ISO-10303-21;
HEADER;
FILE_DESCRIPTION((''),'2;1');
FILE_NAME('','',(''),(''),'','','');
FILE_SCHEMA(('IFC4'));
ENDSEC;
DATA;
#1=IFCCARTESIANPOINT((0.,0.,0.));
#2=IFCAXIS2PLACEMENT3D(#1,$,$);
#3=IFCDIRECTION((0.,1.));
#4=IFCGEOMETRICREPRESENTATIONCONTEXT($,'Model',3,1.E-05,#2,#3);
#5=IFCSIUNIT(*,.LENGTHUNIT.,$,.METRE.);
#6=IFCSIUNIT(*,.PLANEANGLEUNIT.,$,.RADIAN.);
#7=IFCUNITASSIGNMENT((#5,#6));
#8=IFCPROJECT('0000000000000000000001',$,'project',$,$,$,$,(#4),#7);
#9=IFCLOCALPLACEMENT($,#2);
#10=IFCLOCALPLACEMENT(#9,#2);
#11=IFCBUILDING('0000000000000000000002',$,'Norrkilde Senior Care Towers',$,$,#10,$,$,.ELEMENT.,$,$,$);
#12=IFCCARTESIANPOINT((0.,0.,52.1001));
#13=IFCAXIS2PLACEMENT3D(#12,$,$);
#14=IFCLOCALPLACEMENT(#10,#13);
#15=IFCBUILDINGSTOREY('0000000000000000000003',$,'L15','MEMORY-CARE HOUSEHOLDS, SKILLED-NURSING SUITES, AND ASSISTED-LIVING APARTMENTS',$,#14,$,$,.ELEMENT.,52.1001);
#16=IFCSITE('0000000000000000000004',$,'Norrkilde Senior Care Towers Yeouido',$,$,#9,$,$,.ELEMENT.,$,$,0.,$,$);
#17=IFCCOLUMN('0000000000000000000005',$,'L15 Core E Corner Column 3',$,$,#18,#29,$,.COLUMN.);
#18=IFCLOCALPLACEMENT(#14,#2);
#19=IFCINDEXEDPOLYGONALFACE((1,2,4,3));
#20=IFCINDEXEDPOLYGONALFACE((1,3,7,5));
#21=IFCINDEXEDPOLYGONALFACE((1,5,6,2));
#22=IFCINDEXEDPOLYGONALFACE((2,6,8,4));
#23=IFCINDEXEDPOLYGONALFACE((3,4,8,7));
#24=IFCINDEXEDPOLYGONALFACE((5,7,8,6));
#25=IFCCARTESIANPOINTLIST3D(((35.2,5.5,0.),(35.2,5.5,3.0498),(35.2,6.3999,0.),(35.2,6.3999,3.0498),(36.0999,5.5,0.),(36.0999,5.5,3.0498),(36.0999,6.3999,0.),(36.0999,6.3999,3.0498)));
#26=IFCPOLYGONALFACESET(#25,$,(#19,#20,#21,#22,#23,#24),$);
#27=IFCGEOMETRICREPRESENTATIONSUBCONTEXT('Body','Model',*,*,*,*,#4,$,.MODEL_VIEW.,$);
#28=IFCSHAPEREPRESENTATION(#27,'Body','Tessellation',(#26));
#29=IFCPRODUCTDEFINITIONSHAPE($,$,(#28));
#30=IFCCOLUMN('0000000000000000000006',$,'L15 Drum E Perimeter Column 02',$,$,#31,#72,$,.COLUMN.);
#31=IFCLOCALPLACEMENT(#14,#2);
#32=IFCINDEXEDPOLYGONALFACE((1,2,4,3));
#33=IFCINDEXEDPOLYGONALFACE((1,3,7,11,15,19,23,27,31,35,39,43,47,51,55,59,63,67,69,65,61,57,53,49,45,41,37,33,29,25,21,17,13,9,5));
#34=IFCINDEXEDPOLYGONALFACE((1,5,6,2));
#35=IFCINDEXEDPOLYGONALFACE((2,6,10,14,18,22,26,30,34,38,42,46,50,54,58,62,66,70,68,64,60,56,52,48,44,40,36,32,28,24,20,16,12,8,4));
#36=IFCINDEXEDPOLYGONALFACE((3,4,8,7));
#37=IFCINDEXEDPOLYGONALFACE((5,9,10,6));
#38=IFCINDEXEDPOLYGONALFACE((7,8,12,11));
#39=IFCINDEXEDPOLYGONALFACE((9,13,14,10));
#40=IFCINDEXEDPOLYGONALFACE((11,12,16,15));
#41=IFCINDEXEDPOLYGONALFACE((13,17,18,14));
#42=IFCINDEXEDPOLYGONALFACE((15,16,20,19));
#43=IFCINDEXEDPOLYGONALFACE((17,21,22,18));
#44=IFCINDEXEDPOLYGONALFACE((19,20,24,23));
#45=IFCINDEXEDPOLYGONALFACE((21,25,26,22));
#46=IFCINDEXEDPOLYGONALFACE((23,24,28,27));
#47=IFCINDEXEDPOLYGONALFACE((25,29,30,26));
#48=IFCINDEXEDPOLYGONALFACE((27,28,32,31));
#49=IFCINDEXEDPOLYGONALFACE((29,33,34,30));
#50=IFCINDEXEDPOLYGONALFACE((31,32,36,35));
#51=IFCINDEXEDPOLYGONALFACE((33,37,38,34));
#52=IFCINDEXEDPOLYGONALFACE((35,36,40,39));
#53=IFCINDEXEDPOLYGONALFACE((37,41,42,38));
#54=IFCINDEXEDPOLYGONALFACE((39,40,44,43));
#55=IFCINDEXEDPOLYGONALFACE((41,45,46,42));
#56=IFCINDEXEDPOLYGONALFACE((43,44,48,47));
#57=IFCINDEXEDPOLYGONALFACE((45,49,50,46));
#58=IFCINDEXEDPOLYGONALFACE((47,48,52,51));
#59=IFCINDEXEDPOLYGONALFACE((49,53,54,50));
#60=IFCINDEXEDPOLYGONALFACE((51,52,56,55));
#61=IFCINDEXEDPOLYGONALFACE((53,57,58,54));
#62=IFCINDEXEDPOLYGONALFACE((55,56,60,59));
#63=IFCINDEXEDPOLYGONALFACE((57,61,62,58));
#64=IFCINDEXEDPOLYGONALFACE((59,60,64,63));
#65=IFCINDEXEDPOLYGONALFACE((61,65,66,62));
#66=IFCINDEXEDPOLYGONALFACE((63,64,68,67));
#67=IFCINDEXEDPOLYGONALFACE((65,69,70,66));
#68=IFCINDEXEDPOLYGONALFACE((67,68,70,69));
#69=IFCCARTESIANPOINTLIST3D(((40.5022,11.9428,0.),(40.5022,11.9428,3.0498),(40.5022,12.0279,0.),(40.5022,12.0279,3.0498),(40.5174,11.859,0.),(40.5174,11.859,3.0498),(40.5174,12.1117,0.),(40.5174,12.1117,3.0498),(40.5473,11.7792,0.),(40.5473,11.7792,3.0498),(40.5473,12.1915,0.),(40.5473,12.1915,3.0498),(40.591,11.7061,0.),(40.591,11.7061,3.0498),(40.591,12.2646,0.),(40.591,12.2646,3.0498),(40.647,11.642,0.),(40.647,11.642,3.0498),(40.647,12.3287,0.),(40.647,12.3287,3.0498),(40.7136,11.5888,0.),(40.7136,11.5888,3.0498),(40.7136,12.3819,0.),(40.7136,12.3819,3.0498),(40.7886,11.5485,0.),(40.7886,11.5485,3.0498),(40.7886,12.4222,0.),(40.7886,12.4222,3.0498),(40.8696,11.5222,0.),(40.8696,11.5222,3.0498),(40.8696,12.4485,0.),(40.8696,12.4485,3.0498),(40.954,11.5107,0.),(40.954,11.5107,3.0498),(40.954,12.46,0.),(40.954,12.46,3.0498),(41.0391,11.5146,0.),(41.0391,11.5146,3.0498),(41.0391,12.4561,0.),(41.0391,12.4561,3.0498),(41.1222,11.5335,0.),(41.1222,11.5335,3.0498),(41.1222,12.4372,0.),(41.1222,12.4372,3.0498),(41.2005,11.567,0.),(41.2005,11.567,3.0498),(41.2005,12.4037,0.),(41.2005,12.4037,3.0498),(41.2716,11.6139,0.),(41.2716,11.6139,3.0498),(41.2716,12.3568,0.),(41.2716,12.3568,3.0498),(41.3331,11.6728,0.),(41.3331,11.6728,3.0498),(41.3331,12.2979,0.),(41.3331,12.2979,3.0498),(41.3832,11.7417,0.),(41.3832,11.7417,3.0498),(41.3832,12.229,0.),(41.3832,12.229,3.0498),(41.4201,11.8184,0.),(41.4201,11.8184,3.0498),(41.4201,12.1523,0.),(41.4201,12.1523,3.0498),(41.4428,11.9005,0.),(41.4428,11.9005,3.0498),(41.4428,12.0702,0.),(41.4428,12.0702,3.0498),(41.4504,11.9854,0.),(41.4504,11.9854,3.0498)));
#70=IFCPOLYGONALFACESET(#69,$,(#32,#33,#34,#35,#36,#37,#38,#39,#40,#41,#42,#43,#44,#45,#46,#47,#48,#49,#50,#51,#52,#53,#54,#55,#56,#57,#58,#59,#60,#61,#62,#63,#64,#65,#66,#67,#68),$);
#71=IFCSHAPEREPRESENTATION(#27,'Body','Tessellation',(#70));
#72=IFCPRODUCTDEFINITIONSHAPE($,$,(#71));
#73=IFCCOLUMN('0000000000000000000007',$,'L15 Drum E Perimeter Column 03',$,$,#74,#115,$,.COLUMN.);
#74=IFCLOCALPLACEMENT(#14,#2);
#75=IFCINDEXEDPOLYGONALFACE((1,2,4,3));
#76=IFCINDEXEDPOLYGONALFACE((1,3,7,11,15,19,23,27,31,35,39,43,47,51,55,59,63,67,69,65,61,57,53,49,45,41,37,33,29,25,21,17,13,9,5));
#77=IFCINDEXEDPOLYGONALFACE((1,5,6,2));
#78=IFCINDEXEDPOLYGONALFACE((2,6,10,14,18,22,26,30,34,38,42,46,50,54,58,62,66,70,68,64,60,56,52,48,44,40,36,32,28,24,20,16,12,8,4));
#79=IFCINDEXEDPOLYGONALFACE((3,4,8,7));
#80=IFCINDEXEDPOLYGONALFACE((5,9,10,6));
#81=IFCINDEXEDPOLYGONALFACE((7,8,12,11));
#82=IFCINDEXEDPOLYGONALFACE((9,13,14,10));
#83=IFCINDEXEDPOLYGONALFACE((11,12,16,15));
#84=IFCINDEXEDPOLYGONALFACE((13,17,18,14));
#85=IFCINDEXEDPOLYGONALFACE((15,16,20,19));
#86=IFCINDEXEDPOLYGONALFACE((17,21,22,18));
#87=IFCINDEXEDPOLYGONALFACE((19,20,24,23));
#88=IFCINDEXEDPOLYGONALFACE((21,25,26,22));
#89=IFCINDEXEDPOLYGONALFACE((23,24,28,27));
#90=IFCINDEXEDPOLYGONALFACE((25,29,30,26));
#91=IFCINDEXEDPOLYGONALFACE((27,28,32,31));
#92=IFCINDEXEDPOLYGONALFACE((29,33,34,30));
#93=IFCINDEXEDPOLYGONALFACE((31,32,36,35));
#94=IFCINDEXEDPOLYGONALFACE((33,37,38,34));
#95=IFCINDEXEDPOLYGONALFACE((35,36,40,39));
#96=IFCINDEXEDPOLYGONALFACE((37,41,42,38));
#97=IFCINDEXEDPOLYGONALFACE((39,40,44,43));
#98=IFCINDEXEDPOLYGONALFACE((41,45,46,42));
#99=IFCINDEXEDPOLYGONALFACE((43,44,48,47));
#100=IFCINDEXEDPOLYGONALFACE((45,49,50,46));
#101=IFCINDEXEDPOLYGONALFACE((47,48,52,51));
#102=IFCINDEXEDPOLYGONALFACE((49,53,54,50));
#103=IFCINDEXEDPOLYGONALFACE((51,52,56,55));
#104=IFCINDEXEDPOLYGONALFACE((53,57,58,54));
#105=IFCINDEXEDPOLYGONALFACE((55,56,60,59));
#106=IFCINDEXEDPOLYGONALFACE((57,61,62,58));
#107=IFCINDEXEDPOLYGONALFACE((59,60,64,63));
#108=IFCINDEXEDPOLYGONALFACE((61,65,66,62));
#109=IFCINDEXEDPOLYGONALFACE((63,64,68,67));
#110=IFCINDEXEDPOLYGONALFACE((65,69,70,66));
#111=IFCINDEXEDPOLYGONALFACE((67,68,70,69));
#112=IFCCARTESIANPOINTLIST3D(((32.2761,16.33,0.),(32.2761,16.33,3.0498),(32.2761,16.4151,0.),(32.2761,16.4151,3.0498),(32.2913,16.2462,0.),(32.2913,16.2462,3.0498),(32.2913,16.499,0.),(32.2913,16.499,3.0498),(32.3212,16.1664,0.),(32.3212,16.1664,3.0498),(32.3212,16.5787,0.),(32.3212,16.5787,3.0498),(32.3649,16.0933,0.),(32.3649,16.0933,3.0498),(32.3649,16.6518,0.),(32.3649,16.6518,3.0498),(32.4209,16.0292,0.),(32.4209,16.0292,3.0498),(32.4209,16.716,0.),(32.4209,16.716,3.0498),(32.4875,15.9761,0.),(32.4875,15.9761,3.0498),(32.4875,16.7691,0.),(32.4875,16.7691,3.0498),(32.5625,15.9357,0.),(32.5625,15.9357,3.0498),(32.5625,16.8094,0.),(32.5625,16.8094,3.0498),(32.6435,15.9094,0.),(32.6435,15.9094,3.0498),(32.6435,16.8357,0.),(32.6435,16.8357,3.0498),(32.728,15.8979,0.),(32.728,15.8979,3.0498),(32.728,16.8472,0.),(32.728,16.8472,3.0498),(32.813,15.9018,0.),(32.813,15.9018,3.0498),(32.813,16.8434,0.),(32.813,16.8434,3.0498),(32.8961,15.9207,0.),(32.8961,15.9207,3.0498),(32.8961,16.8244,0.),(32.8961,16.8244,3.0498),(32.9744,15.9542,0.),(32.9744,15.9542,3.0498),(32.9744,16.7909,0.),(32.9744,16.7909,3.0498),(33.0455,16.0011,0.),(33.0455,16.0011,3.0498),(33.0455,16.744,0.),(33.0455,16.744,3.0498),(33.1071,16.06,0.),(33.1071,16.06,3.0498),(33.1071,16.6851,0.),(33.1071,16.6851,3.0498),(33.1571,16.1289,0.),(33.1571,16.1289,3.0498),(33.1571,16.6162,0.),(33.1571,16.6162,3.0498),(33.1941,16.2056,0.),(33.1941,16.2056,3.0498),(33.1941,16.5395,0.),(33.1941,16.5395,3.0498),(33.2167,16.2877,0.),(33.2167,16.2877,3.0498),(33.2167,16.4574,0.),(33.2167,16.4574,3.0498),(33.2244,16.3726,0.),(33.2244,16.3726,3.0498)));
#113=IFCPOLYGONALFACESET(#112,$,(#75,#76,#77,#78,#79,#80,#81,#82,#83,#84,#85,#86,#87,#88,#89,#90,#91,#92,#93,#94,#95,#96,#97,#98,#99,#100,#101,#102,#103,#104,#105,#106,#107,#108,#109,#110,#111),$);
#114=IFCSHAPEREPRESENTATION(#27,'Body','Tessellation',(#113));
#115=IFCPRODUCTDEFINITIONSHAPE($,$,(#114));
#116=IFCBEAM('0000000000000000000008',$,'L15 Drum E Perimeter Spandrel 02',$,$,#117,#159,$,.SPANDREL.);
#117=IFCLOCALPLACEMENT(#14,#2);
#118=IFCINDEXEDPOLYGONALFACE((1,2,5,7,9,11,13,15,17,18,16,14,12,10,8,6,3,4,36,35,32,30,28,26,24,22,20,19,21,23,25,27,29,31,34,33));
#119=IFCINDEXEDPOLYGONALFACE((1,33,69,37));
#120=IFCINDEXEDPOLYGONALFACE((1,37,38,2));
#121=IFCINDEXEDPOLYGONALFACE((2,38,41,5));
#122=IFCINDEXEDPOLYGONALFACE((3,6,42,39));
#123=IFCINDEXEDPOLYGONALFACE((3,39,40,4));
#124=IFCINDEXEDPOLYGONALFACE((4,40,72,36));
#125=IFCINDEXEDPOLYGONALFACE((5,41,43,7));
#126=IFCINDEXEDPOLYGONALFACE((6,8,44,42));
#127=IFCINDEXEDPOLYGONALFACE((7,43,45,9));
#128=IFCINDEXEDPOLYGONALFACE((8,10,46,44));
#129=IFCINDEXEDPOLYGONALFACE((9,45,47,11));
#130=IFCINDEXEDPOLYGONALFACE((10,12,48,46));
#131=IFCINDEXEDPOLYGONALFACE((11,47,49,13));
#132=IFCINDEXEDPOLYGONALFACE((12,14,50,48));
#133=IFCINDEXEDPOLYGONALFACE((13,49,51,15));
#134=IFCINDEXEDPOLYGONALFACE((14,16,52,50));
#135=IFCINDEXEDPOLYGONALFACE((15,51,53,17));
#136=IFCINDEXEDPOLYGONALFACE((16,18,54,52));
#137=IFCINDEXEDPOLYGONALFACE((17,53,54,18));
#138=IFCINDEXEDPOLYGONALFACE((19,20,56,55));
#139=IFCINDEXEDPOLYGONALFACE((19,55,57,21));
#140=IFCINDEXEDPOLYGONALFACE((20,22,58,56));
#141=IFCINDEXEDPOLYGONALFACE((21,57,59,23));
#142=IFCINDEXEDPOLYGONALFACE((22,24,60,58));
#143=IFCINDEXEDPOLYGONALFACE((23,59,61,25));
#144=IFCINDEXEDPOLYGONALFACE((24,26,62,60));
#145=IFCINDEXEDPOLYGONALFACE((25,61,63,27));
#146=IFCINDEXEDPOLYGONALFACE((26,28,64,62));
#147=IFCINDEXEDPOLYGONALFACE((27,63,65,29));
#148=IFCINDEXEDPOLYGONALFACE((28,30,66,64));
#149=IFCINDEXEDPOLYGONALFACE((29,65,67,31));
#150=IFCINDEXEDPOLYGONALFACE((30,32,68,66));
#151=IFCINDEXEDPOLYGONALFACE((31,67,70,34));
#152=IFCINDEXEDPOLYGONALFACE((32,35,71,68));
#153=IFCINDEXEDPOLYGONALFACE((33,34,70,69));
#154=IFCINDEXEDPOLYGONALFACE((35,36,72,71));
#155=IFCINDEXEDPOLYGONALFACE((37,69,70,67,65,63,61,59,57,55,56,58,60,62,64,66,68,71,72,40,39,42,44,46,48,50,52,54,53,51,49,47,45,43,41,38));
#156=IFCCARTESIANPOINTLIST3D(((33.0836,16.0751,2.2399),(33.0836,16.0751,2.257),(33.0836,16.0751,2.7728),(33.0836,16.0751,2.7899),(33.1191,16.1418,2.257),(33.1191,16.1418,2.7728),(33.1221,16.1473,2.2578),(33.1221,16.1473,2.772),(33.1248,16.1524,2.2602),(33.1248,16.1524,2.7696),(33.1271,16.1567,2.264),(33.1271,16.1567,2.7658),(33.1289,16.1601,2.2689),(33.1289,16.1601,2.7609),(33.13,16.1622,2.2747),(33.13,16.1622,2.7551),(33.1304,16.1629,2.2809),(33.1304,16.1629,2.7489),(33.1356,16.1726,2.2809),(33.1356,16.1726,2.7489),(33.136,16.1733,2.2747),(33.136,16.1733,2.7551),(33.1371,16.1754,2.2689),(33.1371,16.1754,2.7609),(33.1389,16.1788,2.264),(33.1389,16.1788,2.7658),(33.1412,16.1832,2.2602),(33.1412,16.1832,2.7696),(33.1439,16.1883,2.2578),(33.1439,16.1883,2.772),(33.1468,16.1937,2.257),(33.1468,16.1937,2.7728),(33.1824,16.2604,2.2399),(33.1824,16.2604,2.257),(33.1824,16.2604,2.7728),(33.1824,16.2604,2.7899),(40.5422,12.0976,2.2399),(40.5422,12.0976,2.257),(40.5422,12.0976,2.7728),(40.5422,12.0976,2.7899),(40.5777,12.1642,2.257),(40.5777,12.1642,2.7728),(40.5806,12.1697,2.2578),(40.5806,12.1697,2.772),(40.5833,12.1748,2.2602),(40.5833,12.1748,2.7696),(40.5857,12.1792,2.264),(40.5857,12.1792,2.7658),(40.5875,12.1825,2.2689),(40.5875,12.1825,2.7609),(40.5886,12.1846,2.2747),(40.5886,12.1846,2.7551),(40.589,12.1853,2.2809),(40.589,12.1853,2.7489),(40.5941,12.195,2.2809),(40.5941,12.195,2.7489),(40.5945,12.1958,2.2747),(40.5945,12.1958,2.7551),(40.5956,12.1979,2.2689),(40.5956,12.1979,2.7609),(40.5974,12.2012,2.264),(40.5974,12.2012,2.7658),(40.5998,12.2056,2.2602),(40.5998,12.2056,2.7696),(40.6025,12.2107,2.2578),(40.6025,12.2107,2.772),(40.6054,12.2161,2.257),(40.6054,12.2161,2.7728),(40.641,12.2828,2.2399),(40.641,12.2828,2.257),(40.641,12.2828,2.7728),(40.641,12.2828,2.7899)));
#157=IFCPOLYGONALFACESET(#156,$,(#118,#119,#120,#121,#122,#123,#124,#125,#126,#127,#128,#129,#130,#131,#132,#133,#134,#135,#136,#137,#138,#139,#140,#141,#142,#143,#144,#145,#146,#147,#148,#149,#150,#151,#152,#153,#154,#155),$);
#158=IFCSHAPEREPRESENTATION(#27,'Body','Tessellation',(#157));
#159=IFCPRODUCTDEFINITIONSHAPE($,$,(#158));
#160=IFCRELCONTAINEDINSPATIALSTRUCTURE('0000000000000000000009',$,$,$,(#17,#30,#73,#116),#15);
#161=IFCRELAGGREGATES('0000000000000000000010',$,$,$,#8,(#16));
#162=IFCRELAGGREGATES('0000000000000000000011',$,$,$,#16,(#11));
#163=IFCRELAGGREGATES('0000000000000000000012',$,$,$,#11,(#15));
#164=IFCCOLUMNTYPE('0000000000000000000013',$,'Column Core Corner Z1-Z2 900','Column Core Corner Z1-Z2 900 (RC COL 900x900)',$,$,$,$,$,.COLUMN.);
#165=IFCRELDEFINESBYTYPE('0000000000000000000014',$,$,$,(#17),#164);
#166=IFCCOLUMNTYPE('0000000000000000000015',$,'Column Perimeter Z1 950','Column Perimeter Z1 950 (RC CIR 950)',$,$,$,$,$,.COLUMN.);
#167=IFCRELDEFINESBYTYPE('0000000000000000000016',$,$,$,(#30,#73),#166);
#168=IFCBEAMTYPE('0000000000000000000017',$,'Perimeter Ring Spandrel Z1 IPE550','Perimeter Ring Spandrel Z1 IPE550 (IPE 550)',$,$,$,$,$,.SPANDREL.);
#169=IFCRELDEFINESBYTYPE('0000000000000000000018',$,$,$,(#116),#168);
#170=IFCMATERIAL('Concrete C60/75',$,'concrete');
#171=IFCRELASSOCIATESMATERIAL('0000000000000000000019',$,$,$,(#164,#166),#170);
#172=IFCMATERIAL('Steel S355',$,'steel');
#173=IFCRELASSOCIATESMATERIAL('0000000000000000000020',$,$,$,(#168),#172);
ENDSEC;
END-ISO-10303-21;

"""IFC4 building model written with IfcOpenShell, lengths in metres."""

from ifc_helpers import new_model, si_unit, direction, frame, origin, origin_2d, place, context, subcontext, project, spatial, rectangle, circle, i_section, extrude, source, transform, mapped, material, material_profile, profile_set, type_object, type_shapes, element, save


model = new_model("IFC4")

# Units and contexts
model_context = context("Model", 3, precision=1e-05, world=origin(), true_north=direction((0.0, 1.0)))
body_context = subcontext(model_context, "Body", "Model", "MODEL_VIEW")
ifc_project = project(units=[si_unit("LENGTHUNIT", "METRE"), si_unit("PLANEANGLEUNIT", "RADIAN")], contexts=[model_context])

# Site, building, storey
site_placement = place(None, origin())
site = spatial("IfcSite", under=ifc_project, at=site_placement, Name="Norrkilde Senior Care Towers Yeouido", CompositionType="ELEMENT", RefElevation=0.0)
building_placement = place(site_placement, origin())
building = spatial("IfcBuilding", under=site, at=building_placement, Name="Norrkilde Senior Care Towers", CompositionType="ELEMENT")
storey_placement = place(building_placement, frame((0.0, 0.0, 52.1001)))
storey = spatial("IfcBuildingStorey", under=building, at=storey_placement, Name="L15", Description="MEMORY-CARE HOUSEHOLDS, SKILLED-NURSING SUITES, AND ASSISTED-LIVING APARTMENTS", CompositionType="ELEMENT", Elevation=52.1001)

# Columns
ifc_material_1 = material(Name="Concrete C60/75", Category="concrete")
ifc_material_profile_1 = material_profile(ifc_material_1, rectangle(XDim=0.8999, YDim=0.8999, at=origin_2d()), Name="RC COL 900x900")
ifc_profile_set_1 = profile_set([ifc_material_profile_1], Name="Concrete C60/75")
column_type_1 = type_object("IfcColumnType", Name="Column Core Corner Z1-Z2 900", Description="Column Core Corner Z1-Z2 900 (RC COL 900x900)", PredefinedType="COLUMN", material=ifc_profile_set_1)
shared_shape_1 = source(origin(), body_context, "Body", "SweptSolid", [
    extrude(rectangle(XDim=0.8999, YDim=0.8999, at=origin_2d()), origin(), (0.0, 0.0, 1.0), 3.0498),
])
type_shapes(column_type_1, [shared_shape_1])
column_placement = place(storey_placement, frame((35.6499, 5.95, 0.0), z_axis=(0.0, 0.0, 1.0), x_axis=(1.0, 0.0, 0.0)))
element("IfcColumn", 1, at=column_placement, inside=storey, type_object=column_type_1, Name="L15 Core E Corner Column 3", PredefinedType="COLUMN", context=body_context, shape_type="MappedRepresentation", body=[
    mapped(shared_shape_1, transform((0.0, 0.0, 0.0), x_axis=(1.0, 0.0, 0.0), y_axis=(0.0, 1.0, 0.0), z_axis=(0.0, 0.0, 1.0), scale=1.0)),
])
ifc_material_profile_2 = material_profile(ifc_material_1, circle(Radius=0.4751, at=origin_2d()), Name="RC CIR 950")
ifc_profile_set_2 = profile_set([ifc_material_profile_2], Name="Concrete C60/75")
column_type_2 = type_object("IfcColumnType", Name="Column Perimeter Z1 950", Description="Column Perimeter Z1 950 (RC CIR 950)", PredefinedType="COLUMN", material=ifc_profile_set_2)
shared_shape_2 = source(origin(), body_context, "Body", "SweptSolid", [
    extrude(circle(Radius=0.4751, at=origin_2d()), origin(), (0.0, 0.0, 1.0), 3.0498),
])
type_shapes(column_type_2, [shared_shape_2])
for number, where, z_axis, x_axis, name in (
    (2, (40.9753, 11.9854, 0.0), (0.0, 0.0, 1.0), (1.0, 0.0, 0.0), "L15 Drum E Perimeter Column 02"),
    (3, (32.7493, 16.3726, 0.0), (0.0, 0.0, 1.0), (1.0, 0.0, 0.0), "L15 Drum E Perimeter Column 03"),
):
    element("IfcColumn", number, at=place(storey_placement, frame(where, z_axis=z_axis, x_axis=x_axis)), inside=storey, type_object=column_type_2, Name=name, PredefinedType="COLUMN", context=body_context, shape_type="MappedRepresentation", body=[
        mapped(shared_shape_2, transform((0.0, 0.0, 0.0), x_axis=(1.0, 0.0, 0.0), y_axis=(0.0, 1.0, 0.0), z_axis=(0.0, 0.0, 1.0), scale=1.0)),
    ])

# Beam
ifc_material_2 = material(Name="Steel S355", Category="steel")
ifc_material_profile_3 = material_profile(ifc_material_2, i_section(OverallWidth=0.21, OverallDepth=0.55, WebThickness=0.011, FlangeThickness=0.0171, FilletRadius=0.0239, at=origin_2d()), Name="IPE 550")
ifc_profile_set_3 = profile_set([ifc_material_profile_3], Name="Steel S355")
beam_type_1 = type_object("IfcBeamType", Name="Perimeter Ring Spandrel Z1 IPE550", Description="Perimeter Ring Spandrel Z1 IPE550 (IPE 550)", PredefinedType="SPANDREL", material=ifc_profile_set_3)
shared_shape_3 = source(origin(), body_context, "Body", "SweptSolid", [
    extrude(i_section(OverallWidth=0.21, OverallDepth=0.55, WebThickness=0.011, FlangeThickness=0.0171, FilletRadius=0.0239, at=origin_2d()), origin(), (0.0, 0.0, 1.0), 8.4529),
])
beam_1_placement = place(storey_placement, frame((40.5916, 12.1902, 2.5149), z_axis=(-0.882369, 0.470558, 0.0), x_axis=(-0.470558, -0.882369, 0.0)))
element("IfcBeam", 4, at=beam_1_placement, inside=storey, type_object=beam_type_1, Name="L15 Drum E Perimeter Spandrel 02", PredefinedType="SPANDREL", context=body_context, shape_type="MappedRepresentation", body=[
    mapped(shared_shape_3, transform((0.0, 0.0, 0.0), x_axis=(1.0, 0.0, 0.0), y_axis=(0.0, 1.0, 0.0), z_axis=(0.0, 0.0, 1.0), scale=1.0)),
])

save(model, "model.ifc")
